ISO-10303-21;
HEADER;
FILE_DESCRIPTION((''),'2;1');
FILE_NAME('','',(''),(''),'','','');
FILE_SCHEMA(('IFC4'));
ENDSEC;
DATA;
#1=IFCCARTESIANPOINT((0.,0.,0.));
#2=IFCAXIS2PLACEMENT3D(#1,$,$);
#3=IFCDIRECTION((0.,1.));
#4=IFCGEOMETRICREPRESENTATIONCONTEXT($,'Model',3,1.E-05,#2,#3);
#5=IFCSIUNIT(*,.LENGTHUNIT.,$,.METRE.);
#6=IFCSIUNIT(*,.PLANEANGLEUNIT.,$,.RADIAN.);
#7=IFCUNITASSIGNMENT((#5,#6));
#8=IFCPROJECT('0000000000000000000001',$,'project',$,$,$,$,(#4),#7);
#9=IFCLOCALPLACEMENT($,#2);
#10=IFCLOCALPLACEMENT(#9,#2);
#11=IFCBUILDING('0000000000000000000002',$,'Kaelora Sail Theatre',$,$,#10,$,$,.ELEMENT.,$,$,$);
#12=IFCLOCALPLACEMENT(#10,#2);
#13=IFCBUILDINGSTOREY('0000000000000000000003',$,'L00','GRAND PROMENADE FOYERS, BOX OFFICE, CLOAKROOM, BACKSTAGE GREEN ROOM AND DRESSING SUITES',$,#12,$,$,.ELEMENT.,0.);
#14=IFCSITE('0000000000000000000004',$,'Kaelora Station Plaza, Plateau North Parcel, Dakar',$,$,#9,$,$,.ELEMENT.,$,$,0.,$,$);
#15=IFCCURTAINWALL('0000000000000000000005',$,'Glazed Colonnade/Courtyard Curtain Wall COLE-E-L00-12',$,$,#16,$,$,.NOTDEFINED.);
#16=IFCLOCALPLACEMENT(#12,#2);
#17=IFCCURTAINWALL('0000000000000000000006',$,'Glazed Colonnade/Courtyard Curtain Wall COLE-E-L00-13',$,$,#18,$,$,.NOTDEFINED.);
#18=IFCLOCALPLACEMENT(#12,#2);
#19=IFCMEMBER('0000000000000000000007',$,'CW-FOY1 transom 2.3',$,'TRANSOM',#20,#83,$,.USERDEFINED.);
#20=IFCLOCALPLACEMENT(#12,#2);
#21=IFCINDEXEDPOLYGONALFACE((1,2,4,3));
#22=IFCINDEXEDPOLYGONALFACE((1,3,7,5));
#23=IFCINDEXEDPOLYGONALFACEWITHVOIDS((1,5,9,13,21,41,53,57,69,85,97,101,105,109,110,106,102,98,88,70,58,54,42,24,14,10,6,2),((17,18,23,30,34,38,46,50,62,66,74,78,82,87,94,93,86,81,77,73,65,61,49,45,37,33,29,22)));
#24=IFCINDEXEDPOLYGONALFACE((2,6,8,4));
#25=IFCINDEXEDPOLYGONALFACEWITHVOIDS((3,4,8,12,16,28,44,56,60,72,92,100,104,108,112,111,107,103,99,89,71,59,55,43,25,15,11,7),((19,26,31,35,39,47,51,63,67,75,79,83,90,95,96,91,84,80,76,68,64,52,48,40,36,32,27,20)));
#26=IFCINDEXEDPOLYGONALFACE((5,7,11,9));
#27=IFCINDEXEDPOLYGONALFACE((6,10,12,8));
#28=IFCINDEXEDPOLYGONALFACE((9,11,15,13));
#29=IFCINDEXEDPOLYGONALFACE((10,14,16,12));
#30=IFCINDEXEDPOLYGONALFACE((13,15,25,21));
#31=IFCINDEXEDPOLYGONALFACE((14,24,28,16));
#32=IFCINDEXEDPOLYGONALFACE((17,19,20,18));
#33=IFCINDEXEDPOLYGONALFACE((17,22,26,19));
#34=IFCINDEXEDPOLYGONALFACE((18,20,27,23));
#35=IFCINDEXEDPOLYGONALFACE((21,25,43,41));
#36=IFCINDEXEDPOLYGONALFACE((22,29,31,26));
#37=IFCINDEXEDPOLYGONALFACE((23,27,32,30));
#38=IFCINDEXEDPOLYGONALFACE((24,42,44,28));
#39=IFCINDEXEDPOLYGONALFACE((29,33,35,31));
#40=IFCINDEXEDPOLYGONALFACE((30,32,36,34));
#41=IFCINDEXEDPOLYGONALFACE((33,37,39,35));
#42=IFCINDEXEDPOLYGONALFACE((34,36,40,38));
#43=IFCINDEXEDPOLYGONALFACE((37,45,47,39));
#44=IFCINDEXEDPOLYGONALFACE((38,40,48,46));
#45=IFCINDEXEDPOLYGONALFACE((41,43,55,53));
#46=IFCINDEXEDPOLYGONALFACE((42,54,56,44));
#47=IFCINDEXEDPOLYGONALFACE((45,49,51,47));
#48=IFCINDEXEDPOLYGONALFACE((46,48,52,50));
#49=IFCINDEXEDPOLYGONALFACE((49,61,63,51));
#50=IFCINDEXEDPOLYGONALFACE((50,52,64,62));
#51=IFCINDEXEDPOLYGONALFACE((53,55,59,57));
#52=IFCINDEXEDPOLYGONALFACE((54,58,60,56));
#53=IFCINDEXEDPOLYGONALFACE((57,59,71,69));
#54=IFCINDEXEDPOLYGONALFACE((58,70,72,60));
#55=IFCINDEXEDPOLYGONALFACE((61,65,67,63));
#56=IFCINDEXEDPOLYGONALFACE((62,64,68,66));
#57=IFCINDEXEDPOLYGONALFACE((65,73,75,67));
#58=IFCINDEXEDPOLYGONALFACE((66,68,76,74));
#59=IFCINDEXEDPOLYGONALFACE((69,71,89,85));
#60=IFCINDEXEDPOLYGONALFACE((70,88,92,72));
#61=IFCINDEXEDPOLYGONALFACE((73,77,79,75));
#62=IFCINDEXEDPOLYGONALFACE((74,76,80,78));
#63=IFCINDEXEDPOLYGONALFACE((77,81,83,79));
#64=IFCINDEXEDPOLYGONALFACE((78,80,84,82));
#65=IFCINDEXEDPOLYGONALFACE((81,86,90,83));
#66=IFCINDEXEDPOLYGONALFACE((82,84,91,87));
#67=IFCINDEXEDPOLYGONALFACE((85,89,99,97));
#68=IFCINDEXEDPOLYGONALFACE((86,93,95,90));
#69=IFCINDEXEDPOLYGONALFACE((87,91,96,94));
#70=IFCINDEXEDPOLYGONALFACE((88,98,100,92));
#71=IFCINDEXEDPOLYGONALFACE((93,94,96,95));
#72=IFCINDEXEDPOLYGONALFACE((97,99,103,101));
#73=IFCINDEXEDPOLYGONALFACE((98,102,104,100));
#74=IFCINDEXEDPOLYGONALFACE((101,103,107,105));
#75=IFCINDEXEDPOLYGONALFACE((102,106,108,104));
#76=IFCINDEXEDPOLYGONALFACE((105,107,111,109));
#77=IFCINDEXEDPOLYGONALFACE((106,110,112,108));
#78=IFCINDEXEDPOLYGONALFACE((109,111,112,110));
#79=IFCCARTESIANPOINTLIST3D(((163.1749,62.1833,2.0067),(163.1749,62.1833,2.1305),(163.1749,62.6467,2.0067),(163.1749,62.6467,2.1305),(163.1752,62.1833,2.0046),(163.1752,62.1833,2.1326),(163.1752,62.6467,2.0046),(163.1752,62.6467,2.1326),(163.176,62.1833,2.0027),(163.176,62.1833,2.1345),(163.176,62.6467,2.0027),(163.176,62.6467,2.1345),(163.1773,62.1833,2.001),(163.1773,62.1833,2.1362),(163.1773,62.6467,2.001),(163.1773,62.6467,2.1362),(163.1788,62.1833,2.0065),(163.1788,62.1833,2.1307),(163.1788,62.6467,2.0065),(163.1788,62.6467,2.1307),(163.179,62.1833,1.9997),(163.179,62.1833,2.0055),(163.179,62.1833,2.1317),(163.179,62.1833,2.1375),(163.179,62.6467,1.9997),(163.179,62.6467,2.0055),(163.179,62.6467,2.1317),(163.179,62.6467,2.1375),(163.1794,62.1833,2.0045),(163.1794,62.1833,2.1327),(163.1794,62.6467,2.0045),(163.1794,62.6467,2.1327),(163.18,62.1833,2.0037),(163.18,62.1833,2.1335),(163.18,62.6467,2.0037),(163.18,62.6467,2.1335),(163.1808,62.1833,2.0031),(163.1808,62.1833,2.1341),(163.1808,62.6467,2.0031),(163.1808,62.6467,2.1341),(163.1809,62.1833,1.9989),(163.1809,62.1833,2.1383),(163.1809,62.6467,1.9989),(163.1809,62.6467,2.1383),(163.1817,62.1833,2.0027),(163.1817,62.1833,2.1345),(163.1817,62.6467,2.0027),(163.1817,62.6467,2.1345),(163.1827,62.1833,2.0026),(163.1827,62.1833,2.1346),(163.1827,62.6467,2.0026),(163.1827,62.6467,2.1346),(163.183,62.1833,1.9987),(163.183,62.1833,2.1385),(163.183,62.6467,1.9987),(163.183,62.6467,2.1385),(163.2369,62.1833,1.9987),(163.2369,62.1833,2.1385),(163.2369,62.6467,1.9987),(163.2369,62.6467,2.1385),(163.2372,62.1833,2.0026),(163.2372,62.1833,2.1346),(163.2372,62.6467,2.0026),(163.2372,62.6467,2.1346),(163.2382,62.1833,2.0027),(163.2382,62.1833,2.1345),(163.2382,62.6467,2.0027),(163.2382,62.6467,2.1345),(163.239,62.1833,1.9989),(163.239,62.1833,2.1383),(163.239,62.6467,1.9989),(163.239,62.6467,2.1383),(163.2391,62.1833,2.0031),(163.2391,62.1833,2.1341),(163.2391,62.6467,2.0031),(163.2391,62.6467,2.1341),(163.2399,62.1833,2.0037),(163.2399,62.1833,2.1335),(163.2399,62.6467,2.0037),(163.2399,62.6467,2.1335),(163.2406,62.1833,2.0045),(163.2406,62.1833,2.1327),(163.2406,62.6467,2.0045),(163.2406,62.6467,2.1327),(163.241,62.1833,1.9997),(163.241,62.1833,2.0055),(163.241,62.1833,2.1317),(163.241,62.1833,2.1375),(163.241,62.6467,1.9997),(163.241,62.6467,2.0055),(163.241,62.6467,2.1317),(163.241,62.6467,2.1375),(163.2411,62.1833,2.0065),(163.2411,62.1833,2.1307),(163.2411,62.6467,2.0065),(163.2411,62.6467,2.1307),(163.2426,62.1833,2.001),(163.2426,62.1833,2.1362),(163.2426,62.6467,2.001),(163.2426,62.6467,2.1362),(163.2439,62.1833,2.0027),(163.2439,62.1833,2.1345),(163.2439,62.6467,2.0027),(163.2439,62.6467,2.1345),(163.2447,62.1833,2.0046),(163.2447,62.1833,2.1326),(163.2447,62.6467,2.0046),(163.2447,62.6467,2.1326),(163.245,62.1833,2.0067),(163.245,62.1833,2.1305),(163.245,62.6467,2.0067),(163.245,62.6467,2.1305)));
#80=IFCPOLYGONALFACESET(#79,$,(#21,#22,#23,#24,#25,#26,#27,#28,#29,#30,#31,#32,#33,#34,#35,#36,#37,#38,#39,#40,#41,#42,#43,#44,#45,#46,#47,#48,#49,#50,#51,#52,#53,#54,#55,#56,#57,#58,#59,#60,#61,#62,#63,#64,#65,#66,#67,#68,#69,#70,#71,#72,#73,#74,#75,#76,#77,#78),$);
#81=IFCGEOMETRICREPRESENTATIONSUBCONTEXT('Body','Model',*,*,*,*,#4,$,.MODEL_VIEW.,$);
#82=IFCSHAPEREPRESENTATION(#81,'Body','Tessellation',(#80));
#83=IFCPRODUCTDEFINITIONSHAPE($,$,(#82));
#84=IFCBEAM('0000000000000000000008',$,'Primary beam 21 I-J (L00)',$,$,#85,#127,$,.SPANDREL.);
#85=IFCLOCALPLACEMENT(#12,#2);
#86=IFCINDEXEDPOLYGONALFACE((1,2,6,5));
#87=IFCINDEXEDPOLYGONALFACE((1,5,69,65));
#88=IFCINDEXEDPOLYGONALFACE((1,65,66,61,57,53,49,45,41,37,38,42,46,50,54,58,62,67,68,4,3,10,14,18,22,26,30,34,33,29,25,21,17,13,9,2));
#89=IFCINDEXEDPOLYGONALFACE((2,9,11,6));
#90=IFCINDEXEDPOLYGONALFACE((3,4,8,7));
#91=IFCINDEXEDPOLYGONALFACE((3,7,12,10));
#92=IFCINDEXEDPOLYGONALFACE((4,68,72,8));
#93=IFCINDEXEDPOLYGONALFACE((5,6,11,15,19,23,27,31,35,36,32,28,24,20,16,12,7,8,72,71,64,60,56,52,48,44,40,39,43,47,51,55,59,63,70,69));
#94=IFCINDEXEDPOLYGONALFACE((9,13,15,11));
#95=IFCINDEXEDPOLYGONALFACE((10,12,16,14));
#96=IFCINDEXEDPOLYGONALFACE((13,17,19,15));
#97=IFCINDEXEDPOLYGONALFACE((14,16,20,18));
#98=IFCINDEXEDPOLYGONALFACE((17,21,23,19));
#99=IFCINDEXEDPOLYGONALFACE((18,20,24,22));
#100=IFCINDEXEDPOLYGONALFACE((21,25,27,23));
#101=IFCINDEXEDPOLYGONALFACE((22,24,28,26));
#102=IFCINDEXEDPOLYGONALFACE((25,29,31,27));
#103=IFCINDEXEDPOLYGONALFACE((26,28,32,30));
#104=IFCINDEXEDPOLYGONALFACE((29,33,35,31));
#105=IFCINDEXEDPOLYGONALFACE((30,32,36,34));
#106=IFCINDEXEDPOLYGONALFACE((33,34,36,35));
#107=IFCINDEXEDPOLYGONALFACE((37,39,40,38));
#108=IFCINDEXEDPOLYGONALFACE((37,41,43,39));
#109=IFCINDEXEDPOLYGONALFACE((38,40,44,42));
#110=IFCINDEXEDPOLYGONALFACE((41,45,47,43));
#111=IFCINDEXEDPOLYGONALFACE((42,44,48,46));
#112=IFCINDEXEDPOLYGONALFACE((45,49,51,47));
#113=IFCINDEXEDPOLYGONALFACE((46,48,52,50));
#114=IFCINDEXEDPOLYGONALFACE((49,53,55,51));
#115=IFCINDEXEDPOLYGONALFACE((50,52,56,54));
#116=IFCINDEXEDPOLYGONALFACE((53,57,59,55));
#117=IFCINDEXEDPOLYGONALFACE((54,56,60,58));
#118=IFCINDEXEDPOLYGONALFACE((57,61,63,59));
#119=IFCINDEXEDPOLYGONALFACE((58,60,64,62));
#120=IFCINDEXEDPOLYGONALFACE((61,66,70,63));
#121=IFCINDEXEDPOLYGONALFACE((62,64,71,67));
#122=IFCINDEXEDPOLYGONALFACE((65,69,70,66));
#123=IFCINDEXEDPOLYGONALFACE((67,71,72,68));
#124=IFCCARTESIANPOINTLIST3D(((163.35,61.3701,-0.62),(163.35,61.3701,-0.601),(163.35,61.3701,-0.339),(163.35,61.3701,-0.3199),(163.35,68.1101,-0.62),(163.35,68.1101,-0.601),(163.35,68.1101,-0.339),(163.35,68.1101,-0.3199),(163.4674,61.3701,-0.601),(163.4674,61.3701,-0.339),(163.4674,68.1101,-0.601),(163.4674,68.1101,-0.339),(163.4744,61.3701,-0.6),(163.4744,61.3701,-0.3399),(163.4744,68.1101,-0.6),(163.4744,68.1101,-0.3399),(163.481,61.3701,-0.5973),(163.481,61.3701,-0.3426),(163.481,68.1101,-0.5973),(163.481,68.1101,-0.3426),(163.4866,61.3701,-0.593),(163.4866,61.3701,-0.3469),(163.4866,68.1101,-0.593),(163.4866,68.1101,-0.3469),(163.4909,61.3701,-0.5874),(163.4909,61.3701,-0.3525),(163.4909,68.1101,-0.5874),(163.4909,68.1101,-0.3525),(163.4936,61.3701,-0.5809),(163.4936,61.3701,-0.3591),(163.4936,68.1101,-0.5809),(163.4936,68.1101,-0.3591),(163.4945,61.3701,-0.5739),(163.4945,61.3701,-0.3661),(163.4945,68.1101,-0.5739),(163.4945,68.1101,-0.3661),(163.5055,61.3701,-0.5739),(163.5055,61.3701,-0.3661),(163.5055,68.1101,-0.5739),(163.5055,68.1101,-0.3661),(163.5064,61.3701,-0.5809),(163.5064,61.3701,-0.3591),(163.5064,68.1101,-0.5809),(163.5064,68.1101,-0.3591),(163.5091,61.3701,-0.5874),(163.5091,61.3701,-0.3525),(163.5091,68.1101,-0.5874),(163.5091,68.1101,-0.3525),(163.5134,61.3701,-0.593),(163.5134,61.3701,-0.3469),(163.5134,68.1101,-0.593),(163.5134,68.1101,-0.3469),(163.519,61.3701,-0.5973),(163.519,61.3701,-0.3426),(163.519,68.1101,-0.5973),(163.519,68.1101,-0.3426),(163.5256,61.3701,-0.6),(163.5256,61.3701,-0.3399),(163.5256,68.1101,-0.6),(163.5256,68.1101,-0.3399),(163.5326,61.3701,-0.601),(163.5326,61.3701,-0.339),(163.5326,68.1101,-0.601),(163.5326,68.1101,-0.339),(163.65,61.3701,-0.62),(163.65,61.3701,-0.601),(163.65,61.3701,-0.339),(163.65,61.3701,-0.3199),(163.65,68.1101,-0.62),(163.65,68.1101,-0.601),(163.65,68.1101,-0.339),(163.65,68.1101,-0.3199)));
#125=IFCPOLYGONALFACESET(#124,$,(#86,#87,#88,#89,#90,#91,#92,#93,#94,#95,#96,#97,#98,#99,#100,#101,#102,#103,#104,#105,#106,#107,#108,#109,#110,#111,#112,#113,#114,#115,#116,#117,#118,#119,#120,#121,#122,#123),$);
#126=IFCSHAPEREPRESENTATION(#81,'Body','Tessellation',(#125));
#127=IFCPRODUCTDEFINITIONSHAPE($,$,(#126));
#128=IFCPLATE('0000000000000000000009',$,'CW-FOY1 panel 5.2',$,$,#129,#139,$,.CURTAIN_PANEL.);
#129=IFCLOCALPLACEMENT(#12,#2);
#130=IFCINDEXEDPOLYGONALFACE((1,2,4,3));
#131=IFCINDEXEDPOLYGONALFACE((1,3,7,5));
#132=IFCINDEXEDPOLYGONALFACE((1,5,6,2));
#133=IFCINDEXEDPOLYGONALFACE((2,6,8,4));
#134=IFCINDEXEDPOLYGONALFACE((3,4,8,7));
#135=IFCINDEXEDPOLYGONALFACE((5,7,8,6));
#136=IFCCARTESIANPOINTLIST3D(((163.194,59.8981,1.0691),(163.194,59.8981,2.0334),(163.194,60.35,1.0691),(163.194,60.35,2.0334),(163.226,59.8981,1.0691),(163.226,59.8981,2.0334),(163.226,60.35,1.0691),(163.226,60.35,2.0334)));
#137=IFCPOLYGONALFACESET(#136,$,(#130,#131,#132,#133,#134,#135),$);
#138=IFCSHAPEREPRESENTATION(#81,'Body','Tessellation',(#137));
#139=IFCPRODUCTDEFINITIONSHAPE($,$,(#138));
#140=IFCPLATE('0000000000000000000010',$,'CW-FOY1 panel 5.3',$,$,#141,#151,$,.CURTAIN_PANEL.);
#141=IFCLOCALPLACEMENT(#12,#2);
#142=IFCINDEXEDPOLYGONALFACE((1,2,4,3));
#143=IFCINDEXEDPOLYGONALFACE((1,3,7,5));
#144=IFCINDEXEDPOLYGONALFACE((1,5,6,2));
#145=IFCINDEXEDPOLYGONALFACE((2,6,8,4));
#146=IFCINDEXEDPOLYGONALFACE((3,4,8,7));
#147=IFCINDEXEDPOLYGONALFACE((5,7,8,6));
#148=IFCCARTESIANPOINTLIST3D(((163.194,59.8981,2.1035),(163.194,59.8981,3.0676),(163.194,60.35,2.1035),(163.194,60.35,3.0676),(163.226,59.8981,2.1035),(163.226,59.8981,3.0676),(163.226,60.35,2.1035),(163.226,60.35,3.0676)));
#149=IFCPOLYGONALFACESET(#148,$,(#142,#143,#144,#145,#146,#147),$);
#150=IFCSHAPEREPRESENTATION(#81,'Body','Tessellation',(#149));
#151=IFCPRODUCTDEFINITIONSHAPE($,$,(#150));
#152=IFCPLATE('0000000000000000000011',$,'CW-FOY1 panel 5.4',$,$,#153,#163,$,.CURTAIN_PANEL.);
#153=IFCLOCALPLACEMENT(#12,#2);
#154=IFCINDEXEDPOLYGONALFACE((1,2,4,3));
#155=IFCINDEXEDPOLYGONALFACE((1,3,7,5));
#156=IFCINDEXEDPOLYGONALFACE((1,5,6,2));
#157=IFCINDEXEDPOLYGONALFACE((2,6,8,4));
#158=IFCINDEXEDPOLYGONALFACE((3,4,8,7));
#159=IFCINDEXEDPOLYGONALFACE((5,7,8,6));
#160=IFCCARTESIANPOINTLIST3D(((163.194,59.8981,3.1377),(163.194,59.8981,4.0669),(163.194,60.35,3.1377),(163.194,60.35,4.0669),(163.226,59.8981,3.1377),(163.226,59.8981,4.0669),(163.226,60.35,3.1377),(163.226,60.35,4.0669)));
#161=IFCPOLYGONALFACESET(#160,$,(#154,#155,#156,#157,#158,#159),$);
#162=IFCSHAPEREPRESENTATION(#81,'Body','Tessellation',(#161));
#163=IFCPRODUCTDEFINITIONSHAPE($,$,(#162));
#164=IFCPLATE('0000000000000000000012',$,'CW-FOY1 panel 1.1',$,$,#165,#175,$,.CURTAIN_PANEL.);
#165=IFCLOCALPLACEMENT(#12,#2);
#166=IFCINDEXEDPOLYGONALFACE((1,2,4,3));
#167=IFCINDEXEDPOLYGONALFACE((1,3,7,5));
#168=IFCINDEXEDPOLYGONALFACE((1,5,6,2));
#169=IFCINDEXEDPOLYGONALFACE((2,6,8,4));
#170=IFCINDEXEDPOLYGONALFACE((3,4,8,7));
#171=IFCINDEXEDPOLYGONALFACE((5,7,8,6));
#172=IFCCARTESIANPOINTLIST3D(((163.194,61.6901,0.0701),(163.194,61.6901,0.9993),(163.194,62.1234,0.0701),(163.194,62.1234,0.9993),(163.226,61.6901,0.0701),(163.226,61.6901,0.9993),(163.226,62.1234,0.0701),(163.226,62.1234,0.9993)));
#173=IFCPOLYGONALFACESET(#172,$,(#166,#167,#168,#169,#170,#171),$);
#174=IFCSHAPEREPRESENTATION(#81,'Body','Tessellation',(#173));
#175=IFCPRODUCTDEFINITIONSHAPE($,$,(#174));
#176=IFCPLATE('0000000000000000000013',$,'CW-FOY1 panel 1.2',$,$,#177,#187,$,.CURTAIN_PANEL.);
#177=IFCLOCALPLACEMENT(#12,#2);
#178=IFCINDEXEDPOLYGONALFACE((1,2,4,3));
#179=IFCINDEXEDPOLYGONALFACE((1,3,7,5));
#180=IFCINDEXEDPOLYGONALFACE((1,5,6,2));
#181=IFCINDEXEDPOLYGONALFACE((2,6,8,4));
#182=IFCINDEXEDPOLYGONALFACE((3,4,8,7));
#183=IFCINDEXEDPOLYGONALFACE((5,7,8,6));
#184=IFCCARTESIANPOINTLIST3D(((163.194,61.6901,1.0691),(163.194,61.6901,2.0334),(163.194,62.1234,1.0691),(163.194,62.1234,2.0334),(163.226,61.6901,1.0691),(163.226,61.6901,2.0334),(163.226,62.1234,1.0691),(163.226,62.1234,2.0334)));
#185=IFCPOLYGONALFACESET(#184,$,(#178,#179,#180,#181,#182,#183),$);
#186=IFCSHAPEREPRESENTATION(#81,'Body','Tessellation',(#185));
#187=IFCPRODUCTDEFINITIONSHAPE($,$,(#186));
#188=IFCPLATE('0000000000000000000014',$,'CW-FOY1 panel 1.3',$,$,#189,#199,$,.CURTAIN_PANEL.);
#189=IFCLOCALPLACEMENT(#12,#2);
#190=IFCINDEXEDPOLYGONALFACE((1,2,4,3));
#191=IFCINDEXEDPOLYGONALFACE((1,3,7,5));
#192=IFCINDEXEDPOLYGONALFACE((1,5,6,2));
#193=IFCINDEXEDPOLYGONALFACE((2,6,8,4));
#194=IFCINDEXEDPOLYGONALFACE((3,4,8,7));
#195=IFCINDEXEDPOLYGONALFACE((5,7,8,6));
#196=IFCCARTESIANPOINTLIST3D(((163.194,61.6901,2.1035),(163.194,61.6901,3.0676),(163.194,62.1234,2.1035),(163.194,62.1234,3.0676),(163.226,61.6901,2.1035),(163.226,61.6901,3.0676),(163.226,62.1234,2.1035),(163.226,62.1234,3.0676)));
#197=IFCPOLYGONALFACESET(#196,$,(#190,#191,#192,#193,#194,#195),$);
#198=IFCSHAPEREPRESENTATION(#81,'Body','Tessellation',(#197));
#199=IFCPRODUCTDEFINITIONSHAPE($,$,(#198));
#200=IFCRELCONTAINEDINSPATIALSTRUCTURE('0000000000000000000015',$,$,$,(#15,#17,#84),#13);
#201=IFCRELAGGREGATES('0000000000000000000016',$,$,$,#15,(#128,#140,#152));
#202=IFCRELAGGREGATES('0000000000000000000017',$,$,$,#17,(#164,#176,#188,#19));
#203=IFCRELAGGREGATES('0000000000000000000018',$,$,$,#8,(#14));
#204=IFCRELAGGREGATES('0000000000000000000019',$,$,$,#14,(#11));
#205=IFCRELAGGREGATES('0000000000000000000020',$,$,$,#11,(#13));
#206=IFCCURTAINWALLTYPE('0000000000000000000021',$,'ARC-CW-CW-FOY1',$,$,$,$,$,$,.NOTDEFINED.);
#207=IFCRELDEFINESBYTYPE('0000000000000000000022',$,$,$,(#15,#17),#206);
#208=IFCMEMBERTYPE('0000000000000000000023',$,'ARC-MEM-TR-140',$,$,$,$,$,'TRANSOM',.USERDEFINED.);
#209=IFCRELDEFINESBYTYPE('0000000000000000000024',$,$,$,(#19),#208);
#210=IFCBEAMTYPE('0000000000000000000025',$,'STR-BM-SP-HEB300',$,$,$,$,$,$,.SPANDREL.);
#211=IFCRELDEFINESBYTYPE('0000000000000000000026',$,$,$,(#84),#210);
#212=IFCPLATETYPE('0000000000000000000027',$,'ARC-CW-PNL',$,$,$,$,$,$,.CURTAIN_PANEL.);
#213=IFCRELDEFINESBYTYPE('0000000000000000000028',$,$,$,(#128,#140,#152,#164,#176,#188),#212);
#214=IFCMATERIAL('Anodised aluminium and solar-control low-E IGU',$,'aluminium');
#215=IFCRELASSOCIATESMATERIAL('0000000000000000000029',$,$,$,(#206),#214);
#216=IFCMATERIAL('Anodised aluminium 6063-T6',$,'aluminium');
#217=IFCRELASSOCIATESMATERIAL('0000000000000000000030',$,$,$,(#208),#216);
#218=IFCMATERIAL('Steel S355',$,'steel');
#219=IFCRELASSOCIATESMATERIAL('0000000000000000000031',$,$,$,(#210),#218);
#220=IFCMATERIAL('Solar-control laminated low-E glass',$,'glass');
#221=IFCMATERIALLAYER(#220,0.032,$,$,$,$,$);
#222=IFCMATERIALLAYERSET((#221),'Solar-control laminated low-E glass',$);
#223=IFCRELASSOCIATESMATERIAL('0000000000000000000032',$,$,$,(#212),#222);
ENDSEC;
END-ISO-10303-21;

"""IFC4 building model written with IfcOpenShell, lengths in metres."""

from ifc_helpers import new_model, si_unit, direction, frame, origin, origin_2d, place, context, subcontext, project, spatial, rectangle, hollow_rectangle, i_section, extrude, material, layer, layer_set, material_profile, profile_set, type_object, element, aggregate, save


model = new_model("IFC4")

# Units and contexts
model_context = context("Model", 3, precision=1e-05, world=origin(), true_north=direction((0.0, 1.0)))
body_context = subcontext(model_context, "Body", "Model", "MODEL_VIEW")
ifc_project = project(units=[si_unit("LENGTHUNIT", "METRE"), si_unit("PLANEANGLEUNIT", "RADIAN")], contexts=[model_context])

# Site, building, storey
site_placement = place(None, origin())
site = spatial("IfcSite", under=ifc_project, at=site_placement, Name="Kaelora Station Plaza, Plateau North Parcel, Dakar", CompositionType="ELEMENT", RefElevation=0.0)
building_placement = place(site_placement, origin())
building = spatial("IfcBuilding", under=site, at=building_placement, Name="Kaelora Sail Theatre", CompositionType="ELEMENT")
storey_placement = place(building_placement, origin())
storey = spatial("IfcBuildingStorey", under=building, at=storey_placement, Name="L00", Description="GRAND PROMENADE FOYERS, BOX OFFICE, CLOAKROOM, BACKSTAGE GREEN ROOM AND DRESSING SUITES", CompositionType="ELEMENT", Elevation=0.0)

# Curtain wall
ifc_material_1 = material(Name="Anodised aluminium and solar-control low-E IGU", Category="aluminium")
curtain_wall_type = type_object("IfcCurtainWallType", Name="ARC-CW-CW-FOY1", PredefinedType="NOTDEFINED", material=ifc_material_1)
curtain_wall_1_placement = place(storey_placement, origin())
curtain_wall_1 = element("IfcCurtainWall", 1, at=curtain_wall_1_placement, inside=storey, type_object=curtain_wall_type, Name="Glazed Colonnade/Courtyard Curtain Wall COLE-E-L00-12", PredefinedType="NOTDEFINED")

# Curtain wall, member
curtain_wall_2_placement = place(storey_placement, origin())
curtain_wall_2 = element("IfcCurtainWall", 2, at=curtain_wall_2_placement, inside=storey, type_object=curtain_wall_type, Name="Glazed Colonnade/Courtyard Curtain Wall COLE-E-L00-13", PredefinedType="NOTDEFINED")
ifc_material_2 = material(Name="Anodised aluminium 6063-T6", Category="aluminium")
ifc_material_profile_1 = material_profile(ifc_material_2, hollow_rectangle(XDim=0.0701, YDim=0.1399, WallThickness=0.0039, InnerFilletRadius=0.0039, OuterFilletRadius=0.0081, at=origin_2d()), Name="ALU-TRAN 70x140x4")
ifc_profile_set_1 = profile_set([ifc_material_profile_1], Name="Anodised aluminium 6063-T6")
member_type_1 = type_object("IfcMemberType", Name="ARC-MEM-TR-140", ElementType="TRANSOM", PredefinedType="USERDEFINED", material=ifc_profile_set_1)
member_1_placement = place(storey_placement, frame((163.21, 62.1833, 2.0686), z_axis=(0.0, 1.0, 0.0), x_axis=(-1.0, 0.0, 0.0)))
member_1 = element("IfcMember", 3, at=member_1_placement, type_object=member_type_1, Name="CW-FOY1 transom 2.3", ObjectType="TRANSOM", PredefinedType="USERDEFINED", context=body_context, shape_type="SweptSolid", body=[
    extrude(hollow_rectangle(XDim=0.0701, YDim=0.1399, WallThickness=0.0039, InnerFilletRadius=0.0039, OuterFilletRadius=0.0081, at=origin_2d()), origin(), (0.0, 0.0, 1.0), 0.4634),
])

# Beam
ifc_material_3 = material(Name="Steel S355", Category="steel")
ifc_material_profile_2 = material_profile(ifc_material_3, i_section(OverallWidth=0.3, OverallDepth=0.3, WebThickness=0.011, FlangeThickness=0.019, FilletRadius=0.0271, at=origin_2d()), Name="HEB 300")
ifc_profile_set_2 = profile_set([ifc_material_profile_2], Name="Steel S355")
beam_type = type_object("IfcBeamType", Name="STR-BM-SP-HEB300", PredefinedType="SPANDREL", material=ifc_profile_set_2)
beam_placement = place(storey_placement, frame((163.5, 61.3701, -0.47), z_axis=(0.0, 1.0, 0.0), x_axis=(-1.0, 0.0, 0.0)))
element("IfcBeam", 4, at=beam_placement, inside=storey, type_object=beam_type, Name="Primary beam 21 I-J (L00)", PredefinedType="SPANDREL", context=body_context, shape_type="SweptSolid", body=[
    extrude(i_section(OverallWidth=0.3, OverallDepth=0.3, WebThickness=0.011, FlangeThickness=0.019, FilletRadius=0.0271, at=origin_2d()), origin(), (0.0, 0.0, 1.0), 6.74),
])

# Plates
ifc_material_4 = material(Name="Solar-control laminated low-E glass", Category="glass")
ifc_layer = layer(ifc_material_4, 0.032)
ifc_layer_set = layer_set([ifc_layer], Name="Solar-control laminated low-E glass")
plate_type = type_object("IfcPlateType", Name="ARC-CW-PNL", PredefinedType="CURTAIN_PANEL", material=ifc_layer_set)
plate_1_placement = place(storey_placement, frame((163.21, 60.124, 1.0691), z_axis=(0.0, 0.0, 1.0), x_axis=(0.0, 1.0, 0.0)))
plate_1 = element("IfcPlate", 5, at=plate_1_placement, type_object=plate_type, Name="CW-FOY1 panel 5.2", PredefinedType="CURTAIN_PANEL", context=body_context, shape_type="SweptSolid", body=[
    extrude(rectangle(XDim=0.4519, YDim=0.032, at=origin_2d()), origin(), (0.0, 0.0, 1.0), 0.9644),
])
plate_2_placement = place(storey_placement, frame((163.21, 60.124, 2.1035), z_axis=(0.0, 0.0, 1.0), x_axis=(0.0, 1.0, 0.0)))
plate_2 = element("IfcPlate", 6, at=plate_2_placement, type_object=plate_type, Name="CW-FOY1 panel 5.3", PredefinedType="CURTAIN_PANEL", context=body_context, shape_type="SweptSolid", body=[
    extrude(rectangle(XDim=0.4519, YDim=0.032, at=origin_2d()), origin(), (0.0, 0.0, 1.0), 0.9641),
])
plate_3_placement = place(storey_placement, frame((163.21, 60.124, 3.1377), z_axis=(0.0, 0.0, 1.0), x_axis=(0.0, 1.0, 0.0)))
plate_3 = element("IfcPlate", 7, at=plate_3_placement, type_object=plate_type, Name="CW-FOY1 panel 5.4", PredefinedType="CURTAIN_PANEL", context=body_context, shape_type="SweptSolid", body=[
    extrude(rectangle(XDim=0.4519, YDim=0.032, at=origin_2d()), origin(), (0.0, 0.0, 1.0), 0.9292),
])
aggregate(curtain_wall_1, [plate_1, plate_2, plate_3])
plate_4_placement = place(storey_placement, frame((163.21, 61.9067, 0.0701), z_axis=(0.0, 0.0, 1.0), x_axis=(0.0, 1.0, 0.0)))
plate_4 = element("IfcPlate", 8, at=plate_4_placement, type_object=plate_type, Name="CW-FOY1 panel 1.1", PredefinedType="CURTAIN_PANEL", context=body_context, shape_type="SweptSolid", body=[
    extrude(rectangle(XDim=0.4333, YDim=0.032, at=origin_2d()), origin(), (0.0, 0.0, 1.0), 0.9292),
])
plate_5_placement = place(storey_placement, frame((163.21, 61.9067, 1.0691), z_axis=(0.0, 0.0, 1.0), x_axis=(0.0, 1.0, 0.0)))
plate_5 = element("IfcPlate", 9, at=plate_5_placement, type_object=plate_type, Name="CW-FOY1 panel 1.2", PredefinedType="CURTAIN_PANEL", context=body_context, shape_type="SweptSolid", body=[
    extrude(rectangle(XDim=0.4333, YDim=0.032, at=origin_2d()), origin(), (0.0, 0.0, 1.0), 0.9644),
])
plate_6_placement = place(storey_placement, frame((163.21, 61.9067, 2.1035), z_axis=(0.0, 0.0, 1.0), x_axis=(0.0, 1.0, 0.0)))
plate_6 = element("IfcPlate", 10, at=plate_6_placement, type_object=plate_type, Name="CW-FOY1 panel 1.3", PredefinedType="CURTAIN_PANEL", context=body_context, shape_type="SweptSolid", body=[
    extrude(rectangle(XDim=0.4333, YDim=0.032, at=origin_2d()), origin(), (0.0, 0.0, 1.0), 0.9641),
])
aggregate(curtain_wall_2, [plate_4, plate_5, plate_6, member_1])

save(model, "model.ifc")
